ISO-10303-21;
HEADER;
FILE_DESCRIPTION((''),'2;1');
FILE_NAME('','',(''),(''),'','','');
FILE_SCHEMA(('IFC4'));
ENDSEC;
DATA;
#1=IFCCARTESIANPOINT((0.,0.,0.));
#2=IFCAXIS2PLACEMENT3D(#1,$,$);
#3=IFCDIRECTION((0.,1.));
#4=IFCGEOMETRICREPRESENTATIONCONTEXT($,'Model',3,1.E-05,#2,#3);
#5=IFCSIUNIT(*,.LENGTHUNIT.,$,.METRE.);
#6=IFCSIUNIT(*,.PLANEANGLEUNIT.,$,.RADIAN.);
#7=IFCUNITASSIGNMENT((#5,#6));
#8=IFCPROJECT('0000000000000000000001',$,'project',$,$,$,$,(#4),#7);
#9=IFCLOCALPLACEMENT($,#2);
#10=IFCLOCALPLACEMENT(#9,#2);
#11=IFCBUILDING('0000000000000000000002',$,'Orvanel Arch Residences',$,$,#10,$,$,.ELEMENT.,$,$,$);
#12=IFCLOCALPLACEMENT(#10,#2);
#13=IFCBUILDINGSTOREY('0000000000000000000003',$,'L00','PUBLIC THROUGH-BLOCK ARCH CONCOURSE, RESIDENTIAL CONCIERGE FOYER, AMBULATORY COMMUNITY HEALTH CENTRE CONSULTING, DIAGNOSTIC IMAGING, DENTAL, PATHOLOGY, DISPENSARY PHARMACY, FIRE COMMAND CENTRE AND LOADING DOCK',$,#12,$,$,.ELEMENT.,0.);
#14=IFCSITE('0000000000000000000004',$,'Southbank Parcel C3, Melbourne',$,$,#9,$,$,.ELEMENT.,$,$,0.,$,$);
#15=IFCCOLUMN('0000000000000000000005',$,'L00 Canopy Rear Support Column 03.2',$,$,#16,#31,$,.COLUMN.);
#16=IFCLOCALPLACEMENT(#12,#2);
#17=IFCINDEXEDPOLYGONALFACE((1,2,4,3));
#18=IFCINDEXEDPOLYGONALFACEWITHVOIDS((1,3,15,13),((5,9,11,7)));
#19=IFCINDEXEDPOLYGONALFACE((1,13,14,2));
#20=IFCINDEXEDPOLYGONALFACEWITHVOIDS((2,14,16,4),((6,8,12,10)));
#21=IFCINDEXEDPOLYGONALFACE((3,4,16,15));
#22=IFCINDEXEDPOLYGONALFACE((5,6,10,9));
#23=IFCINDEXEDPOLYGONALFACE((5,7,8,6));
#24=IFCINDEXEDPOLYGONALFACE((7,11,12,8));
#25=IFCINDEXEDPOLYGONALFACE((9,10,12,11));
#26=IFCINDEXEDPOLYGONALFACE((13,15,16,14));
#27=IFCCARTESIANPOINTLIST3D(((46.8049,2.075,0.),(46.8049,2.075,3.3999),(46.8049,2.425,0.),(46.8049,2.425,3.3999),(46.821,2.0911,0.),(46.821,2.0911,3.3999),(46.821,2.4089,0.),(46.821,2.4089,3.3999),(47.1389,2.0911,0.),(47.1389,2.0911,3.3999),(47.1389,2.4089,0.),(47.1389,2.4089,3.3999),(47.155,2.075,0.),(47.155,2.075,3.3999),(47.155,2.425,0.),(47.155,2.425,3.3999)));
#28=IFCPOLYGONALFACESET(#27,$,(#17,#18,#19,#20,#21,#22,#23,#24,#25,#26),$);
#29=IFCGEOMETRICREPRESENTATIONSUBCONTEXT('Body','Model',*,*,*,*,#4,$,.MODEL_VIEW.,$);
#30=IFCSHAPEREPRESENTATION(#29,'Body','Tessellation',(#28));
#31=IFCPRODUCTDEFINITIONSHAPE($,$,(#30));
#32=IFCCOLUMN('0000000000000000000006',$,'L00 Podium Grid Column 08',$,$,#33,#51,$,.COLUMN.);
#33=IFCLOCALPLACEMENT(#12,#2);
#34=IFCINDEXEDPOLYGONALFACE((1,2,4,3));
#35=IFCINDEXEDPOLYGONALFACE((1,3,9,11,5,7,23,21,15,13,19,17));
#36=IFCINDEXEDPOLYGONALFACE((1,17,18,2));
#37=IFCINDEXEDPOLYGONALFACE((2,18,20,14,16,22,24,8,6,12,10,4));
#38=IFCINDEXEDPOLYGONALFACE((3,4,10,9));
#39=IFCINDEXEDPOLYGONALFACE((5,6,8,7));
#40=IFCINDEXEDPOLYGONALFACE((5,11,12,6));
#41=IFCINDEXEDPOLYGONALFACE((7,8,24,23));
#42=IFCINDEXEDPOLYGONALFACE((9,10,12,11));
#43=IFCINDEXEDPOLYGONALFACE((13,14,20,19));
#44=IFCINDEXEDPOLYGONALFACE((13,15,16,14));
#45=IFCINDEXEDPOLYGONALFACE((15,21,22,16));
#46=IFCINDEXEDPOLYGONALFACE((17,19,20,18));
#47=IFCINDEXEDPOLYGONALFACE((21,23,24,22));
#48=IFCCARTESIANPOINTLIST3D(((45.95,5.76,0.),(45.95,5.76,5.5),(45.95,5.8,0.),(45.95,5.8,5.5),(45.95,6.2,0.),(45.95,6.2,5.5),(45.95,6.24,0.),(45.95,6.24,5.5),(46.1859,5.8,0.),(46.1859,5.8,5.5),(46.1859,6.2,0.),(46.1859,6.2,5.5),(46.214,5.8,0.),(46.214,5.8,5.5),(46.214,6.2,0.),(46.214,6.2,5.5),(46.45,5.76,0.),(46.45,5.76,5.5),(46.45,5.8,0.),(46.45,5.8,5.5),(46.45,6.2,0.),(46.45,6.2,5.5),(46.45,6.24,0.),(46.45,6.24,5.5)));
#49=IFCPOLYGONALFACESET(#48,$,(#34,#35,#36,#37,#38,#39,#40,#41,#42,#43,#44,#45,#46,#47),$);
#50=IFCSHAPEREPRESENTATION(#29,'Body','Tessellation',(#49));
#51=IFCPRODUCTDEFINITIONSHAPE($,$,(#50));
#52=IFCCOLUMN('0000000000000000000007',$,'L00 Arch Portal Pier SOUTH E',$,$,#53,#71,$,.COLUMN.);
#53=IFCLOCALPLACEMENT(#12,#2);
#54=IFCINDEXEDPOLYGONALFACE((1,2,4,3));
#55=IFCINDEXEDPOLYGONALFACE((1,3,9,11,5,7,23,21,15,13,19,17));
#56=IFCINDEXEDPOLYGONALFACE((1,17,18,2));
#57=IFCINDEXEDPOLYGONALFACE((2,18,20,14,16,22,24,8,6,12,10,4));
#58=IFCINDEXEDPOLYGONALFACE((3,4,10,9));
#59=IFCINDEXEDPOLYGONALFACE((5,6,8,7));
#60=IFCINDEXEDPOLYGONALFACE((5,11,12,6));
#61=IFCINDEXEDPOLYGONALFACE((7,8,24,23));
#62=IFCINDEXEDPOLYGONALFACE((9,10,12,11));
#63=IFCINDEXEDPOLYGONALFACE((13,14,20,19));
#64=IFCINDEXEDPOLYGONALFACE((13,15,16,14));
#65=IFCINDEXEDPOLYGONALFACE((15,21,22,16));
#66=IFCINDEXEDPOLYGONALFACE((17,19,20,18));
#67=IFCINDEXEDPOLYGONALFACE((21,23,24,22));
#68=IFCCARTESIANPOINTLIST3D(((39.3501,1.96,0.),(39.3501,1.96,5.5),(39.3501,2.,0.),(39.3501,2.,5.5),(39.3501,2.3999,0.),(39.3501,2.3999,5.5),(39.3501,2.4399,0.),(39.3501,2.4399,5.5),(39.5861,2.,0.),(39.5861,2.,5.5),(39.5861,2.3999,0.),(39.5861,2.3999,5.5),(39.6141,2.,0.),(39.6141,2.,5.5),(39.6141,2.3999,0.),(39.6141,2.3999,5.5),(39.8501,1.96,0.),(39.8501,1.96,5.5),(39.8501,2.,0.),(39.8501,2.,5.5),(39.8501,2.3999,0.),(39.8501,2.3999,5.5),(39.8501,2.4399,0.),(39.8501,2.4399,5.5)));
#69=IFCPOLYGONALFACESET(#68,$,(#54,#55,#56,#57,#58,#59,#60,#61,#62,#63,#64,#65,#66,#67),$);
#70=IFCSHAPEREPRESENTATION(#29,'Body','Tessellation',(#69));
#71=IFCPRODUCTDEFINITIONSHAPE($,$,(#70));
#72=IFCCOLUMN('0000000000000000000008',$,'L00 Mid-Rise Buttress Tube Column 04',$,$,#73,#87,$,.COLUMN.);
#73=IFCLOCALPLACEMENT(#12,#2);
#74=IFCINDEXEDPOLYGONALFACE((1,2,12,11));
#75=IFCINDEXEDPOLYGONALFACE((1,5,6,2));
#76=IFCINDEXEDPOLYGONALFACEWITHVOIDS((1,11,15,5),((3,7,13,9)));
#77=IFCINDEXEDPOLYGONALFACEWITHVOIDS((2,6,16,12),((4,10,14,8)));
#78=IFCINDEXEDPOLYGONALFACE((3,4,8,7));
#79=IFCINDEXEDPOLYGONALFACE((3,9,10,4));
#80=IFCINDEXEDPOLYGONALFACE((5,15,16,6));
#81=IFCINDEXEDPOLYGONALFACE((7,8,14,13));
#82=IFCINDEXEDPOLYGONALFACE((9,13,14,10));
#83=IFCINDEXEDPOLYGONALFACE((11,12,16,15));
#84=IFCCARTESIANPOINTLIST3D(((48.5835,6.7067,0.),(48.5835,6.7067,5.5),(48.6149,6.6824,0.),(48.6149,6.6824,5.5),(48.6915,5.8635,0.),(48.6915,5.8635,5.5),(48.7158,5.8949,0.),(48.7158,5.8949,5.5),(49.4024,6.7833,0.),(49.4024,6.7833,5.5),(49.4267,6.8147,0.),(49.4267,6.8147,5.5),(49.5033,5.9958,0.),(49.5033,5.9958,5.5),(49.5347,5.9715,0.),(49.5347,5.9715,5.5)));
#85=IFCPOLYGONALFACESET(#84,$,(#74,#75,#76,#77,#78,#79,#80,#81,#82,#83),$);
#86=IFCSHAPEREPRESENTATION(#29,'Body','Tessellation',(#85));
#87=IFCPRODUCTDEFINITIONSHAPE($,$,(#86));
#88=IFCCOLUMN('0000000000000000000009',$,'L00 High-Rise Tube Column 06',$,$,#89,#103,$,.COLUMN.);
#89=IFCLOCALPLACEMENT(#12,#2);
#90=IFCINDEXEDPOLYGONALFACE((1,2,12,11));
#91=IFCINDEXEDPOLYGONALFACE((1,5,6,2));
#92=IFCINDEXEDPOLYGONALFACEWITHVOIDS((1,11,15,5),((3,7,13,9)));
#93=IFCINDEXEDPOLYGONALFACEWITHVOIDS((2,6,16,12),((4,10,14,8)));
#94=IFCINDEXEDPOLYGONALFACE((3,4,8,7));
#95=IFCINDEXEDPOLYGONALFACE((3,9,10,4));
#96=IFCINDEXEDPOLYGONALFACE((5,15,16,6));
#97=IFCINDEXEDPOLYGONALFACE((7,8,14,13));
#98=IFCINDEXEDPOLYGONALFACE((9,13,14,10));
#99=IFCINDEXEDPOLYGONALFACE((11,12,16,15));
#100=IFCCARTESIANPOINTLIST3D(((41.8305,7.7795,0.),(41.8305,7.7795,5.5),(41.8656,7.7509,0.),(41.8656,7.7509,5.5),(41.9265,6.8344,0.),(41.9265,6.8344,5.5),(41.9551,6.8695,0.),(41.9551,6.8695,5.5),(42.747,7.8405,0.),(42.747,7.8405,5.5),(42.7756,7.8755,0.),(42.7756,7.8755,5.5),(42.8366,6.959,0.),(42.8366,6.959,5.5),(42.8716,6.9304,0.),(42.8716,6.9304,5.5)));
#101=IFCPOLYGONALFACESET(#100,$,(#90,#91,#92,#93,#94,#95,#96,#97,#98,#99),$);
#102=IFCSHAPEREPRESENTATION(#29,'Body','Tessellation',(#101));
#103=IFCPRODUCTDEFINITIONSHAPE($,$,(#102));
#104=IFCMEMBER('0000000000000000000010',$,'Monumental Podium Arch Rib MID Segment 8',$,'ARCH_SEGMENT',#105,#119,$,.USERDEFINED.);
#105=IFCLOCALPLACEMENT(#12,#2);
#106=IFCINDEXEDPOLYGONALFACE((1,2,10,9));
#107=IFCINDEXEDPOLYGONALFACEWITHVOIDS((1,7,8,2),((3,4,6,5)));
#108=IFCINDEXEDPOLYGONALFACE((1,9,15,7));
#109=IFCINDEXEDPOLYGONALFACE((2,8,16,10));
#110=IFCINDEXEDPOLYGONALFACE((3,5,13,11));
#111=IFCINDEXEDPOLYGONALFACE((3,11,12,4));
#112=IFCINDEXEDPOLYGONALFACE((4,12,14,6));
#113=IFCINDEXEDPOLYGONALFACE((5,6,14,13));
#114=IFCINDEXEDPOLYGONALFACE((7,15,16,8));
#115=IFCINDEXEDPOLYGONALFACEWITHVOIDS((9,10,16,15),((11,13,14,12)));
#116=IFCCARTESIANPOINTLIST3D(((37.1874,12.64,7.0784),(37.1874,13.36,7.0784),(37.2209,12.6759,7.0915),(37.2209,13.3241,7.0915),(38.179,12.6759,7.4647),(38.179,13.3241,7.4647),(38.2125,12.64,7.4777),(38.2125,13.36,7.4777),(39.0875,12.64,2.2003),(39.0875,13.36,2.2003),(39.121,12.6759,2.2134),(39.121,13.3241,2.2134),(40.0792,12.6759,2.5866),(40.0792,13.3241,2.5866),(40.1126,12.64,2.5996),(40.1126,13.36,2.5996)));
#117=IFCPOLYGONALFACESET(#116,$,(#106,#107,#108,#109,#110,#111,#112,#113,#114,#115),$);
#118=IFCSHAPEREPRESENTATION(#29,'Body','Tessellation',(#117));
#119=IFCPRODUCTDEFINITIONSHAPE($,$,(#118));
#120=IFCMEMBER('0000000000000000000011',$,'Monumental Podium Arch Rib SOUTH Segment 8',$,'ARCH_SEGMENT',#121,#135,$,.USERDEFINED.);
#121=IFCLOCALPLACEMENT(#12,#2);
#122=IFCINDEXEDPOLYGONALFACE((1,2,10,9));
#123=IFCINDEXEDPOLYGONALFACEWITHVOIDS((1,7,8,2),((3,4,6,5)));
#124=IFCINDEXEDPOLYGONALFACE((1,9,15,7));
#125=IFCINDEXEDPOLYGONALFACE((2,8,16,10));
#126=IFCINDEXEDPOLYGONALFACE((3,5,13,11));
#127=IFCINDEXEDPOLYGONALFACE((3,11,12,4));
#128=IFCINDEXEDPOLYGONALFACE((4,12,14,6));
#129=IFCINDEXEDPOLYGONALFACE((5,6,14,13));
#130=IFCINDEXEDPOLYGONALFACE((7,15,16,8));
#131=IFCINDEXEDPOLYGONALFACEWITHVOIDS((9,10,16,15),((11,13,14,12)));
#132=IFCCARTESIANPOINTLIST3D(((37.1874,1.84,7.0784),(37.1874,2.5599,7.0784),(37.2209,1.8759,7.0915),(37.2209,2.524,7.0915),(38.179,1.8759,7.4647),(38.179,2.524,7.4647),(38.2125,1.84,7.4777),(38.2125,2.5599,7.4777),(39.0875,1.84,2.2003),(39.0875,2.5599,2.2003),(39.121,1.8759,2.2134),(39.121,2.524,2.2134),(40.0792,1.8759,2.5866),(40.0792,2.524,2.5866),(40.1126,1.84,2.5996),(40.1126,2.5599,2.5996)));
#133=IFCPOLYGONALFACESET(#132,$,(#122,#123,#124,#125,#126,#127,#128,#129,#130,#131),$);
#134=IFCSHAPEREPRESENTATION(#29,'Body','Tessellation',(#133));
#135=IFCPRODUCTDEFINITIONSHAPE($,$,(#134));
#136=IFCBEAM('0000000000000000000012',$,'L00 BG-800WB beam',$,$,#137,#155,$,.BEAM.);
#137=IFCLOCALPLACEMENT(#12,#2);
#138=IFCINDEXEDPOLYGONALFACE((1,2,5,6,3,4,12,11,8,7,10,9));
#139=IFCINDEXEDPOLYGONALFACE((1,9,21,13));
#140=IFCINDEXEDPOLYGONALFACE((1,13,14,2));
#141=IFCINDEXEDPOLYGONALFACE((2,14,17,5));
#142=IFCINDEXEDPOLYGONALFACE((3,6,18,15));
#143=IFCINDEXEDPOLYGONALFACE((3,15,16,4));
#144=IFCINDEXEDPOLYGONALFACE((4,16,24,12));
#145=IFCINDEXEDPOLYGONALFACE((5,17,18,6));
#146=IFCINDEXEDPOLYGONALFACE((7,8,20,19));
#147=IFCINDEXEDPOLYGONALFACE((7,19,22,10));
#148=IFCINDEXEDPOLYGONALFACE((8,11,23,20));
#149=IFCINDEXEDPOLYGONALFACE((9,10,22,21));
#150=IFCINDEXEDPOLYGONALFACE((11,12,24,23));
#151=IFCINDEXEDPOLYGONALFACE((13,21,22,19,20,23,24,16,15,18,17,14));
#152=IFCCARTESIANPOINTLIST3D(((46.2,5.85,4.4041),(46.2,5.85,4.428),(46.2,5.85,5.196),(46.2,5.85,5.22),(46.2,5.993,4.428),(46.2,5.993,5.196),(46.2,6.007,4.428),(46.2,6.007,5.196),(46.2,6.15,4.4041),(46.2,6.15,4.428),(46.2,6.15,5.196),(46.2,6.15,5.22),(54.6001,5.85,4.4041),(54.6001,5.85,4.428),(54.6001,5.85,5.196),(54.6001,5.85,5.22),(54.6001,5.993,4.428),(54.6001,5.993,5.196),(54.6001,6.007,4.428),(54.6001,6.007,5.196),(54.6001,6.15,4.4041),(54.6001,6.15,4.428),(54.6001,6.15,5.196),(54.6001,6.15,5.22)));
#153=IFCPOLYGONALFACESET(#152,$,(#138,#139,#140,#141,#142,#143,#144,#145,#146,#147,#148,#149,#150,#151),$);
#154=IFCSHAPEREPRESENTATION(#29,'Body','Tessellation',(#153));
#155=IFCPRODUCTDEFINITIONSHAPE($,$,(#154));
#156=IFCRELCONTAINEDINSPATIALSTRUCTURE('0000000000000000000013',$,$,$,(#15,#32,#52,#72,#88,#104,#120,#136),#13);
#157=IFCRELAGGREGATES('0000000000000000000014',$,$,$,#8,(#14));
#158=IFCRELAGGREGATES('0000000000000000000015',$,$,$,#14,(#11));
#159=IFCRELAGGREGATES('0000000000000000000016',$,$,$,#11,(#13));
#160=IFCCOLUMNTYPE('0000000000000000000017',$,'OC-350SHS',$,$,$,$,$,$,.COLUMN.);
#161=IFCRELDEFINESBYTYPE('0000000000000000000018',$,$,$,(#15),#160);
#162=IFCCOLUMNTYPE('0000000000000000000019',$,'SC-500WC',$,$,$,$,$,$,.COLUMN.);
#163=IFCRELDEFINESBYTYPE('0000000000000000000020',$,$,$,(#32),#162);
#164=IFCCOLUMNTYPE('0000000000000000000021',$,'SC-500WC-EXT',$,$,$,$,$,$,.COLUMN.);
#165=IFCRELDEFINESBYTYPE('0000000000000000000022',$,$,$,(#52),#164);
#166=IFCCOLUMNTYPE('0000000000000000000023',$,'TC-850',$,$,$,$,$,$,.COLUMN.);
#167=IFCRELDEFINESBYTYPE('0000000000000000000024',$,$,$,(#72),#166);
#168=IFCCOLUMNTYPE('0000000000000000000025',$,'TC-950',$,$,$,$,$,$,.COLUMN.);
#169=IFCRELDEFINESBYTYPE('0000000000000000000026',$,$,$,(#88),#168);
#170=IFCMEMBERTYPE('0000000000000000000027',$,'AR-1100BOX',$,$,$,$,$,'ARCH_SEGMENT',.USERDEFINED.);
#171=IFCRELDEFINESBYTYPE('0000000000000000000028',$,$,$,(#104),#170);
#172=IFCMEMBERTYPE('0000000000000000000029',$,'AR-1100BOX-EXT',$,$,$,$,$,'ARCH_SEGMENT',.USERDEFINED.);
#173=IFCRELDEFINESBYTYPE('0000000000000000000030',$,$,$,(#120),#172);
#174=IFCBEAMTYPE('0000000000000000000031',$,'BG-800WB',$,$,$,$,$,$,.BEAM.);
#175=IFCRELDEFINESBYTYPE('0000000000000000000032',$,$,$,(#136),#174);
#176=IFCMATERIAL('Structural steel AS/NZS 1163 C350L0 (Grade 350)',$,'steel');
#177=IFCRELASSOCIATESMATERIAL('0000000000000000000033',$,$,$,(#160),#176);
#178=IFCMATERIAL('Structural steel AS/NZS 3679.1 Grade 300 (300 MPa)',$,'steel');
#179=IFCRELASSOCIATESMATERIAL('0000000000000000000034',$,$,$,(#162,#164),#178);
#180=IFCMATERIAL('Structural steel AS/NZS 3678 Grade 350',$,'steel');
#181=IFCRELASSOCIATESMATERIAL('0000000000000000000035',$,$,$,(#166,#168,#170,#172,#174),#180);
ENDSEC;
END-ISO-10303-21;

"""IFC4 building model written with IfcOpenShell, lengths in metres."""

from ifc_helpers import new_model, si_unit, direction, frame, origin, origin_2d, place, context, subcontext, project, spatial, hollow_rectangle, i_section, extrude, material, material_profile, profile_set, type_object, element, save


model = new_model("IFC4")

# Units and contexts
model_context = context("Model", 3, precision=1e-05, world=origin(), true_north=direction((0.0, 1.0)))
body_context = subcontext(model_context, "Body", "Model", "MODEL_VIEW")
ifc_project = project(units=[si_unit("LENGTHUNIT", "METRE"), si_unit("PLANEANGLEUNIT", "RADIAN")], contexts=[model_context])

# Site, building, storey
site_placement = place(None, origin())
site = spatial("IfcSite", under=ifc_project, at=site_placement, Name="Southbank Parcel C3, Melbourne", CompositionType="ELEMENT", RefElevation=0.0)
building_placement = place(site_placement, origin())
building = spatial("IfcBuilding", under=site, at=building_placement, Name="Orvanel Arch Residences", CompositionType="ELEMENT")
storey_placement = place(building_placement, origin())
storey = spatial("IfcBuildingStorey", under=building, at=storey_placement, Name="L00", Description="PUBLIC THROUGH-BLOCK ARCH CONCOURSE, RESIDENTIAL CONCIERGE FOYER, AMBULATORY COMMUNITY HEALTH CENTRE CONSULTING, DIAGNOSTIC IMAGING, DENTAL, PATHOLOGY, DISPENSARY PHARMACY, FIRE COMMAND CENTRE AND LOADING DOCK", CompositionType="ELEMENT", Elevation=0.0)

# Columns
ifc_material_1 = material(Name="Structural steel AS/NZS 1163 C350L0 (Grade 350)", Category="steel")
ifc_material_profile_1 = material_profile(ifc_material_1, hollow_rectangle(XDim=0.3501, YDim=0.3501, WallThickness=0.0161, at=origin_2d()), Name="SHS350x350x16")
ifc_profile_set_1 = profile_set([ifc_material_profile_1], Name="Structural steel AS/NZS 1163 C350L0 (Grade 350)")
column_type_1 = type_object("IfcColumnType", Name="OC-350SHS", PredefinedType="COLUMN", material=ifc_profile_set_1)
for number, where, z_axis, x_axis, name in (
    (1, (46.98, 2.25, 0.0), (0.0, 0.0, 1.0), (1.0, 0.0, 0.0), "L00 Canopy Rear Support Column 03.2"),
):
    element("IfcColumn", number, at=place(storey_placement, frame(where, z_axis=z_axis, x_axis=x_axis)), inside=storey, type_object=column_type_1, Name=name, PredefinedType="COLUMN", context=body_context, shape_type="SweptSolid", body=[
        extrude(hollow_rectangle(XDim=0.3501, YDim=0.3501, WallThickness=0.0161, at=origin_2d()), origin(), (0.0, 0.0, 1.0), 3.3999),
    ])
ifc_material_2 = material(Name="Structural steel AS/NZS 3679.1 Grade 300 (300 MPa)", Category="steel")
ifc_material_profile_2 = material_profile(ifc_material_2, i_section(OverallWidth=0.5, OverallDepth=0.48, WebThickness=0.0281, FlangeThickness=0.04, at=origin_2d()), Name="500WC440")
ifc_profile_set_2 = profile_set([ifc_material_profile_2], Name="Structural steel AS/NZS 3679.1 Grade 300 (300 MPa)")
column_type_2 = type_object("IfcColumnType", Name="SC-500WC", PredefinedType="COLUMN", material=ifc_profile_set_2)
column_1_placement = place(storey_placement, frame((46.2, 6.0, 0.0), z_axis=(0.0, 0.0, 1.0), x_axis=(1.0, 0.0, 0.0)))
element("IfcColumn", 2, at=column_1_placement, inside=storey, type_object=column_type_2, Name="L00 Podium Grid Column 08", PredefinedType="COLUMN", context=body_context, shape_type="SweptSolid", body=[
    extrude(i_section(OverallWidth=0.5, OverallDepth=0.48, WebThickness=0.0281, FlangeThickness=0.04, at=origin_2d()), origin(), (0.0, 0.0, 1.0), 5.5),
])
ifc_material_profile_3 = material_profile(ifc_material_2, i_section(OverallWidth=0.5, OverallDepth=0.48, WebThickness=0.0281, FlangeThickness=0.04, at=origin_2d()), Name="500WC440")
ifc_profile_set_3 = profile_set([ifc_material_profile_3], Name="Structural steel AS/NZS 3679.1 Grade 300 (300 MPa)")
column_type_3 = type_object("IfcColumnType", Name="SC-500WC-EXT", PredefinedType="COLUMN", material=ifc_profile_set_3)
column_2_placement = place(storey_placement, frame((39.6001, 2.2, 0.0), z_axis=(0.0, 0.0, 1.0), x_axis=(1.0, 0.0, 0.0)))
element("IfcColumn", 3, at=column_2_placement, inside=storey, type_object=column_type_3, Name="L00 Arch Portal Pier SOUTH E", PredefinedType="COLUMN", context=body_context, shape_type="SweptSolid", body=[
    extrude(i_section(OverallWidth=0.5, OverallDepth=0.48, WebThickness=0.0281, FlangeThickness=0.04, at=origin_2d()), origin(), (0.0, 0.0, 1.0), 5.5),
])
ifc_material_3 = material(Name="Structural steel AS/NZS 3678 Grade 350", Category="steel")
ifc_material_profile_4 = material_profile(ifc_material_3, hollow_rectangle(XDim=0.8501, YDim=0.8501, WallThickness=0.0281, at=origin_2d()), Name="BOX850x850x28")
ifc_profile_set_4 = profile_set([ifc_material_profile_4], Name="Structural steel AS/NZS 3678 Grade 350")
column_type_4 = type_object("IfcColumnType", Name="TC-850", PredefinedType="COLUMN", material=ifc_profile_set_4)
column_3_placement = place(storey_placement, frame((49.0591, 6.3391, 0.0), z_axis=(0.0, 0.0, 1.0), x_axis=(0.991894, 0.127065, 0.0)))
element("IfcColumn", 4, at=column_3_placement, inside=storey, type_object=column_type_4, Name="L00 Mid-Rise Buttress Tube Column 04", PredefinedType="COLUMN", context=body_context, shape_type="SweptSolid", body=[
    extrude(hollow_rectangle(XDim=0.8501, YDim=0.8501, WallThickness=0.0281, at=origin_2d()), origin(), (0.0, 0.0, 1.0), 5.5),
])
ifc_material_profile_5 = material_profile(ifc_material_3, hollow_rectangle(XDim=0.95, YDim=0.95, WallThickness=0.032, at=origin_2d()), Name="BOX950x950x32")
ifc_profile_set_5 = profile_set([ifc_material_profile_5], Name="Structural steel AS/NZS 3678 Grade 350")
column_type_5 = type_object("IfcColumnType", Name="TC-950", PredefinedType="COLUMN", material=ifc_profile_set_5)
column_4_placement = place(storey_placement, frame((42.3511, 7.355, 0.0), z_axis=(0.0, 0.0, 1.0), x_axis=(0.994881, 0.101056, 0.0)))
element("IfcColumn", 5, at=column_4_placement, inside=storey, type_object=column_type_5, Name="L00 High-Rise Tube Column 06", PredefinedType="COLUMN", context=body_context, shape_type="SweptSolid", body=[
    extrude(hollow_rectangle(XDim=0.95, YDim=0.95, WallThickness=0.032, at=origin_2d()), origin(), (0.0, 0.0, 1.0), 5.5),
])

# Members
ifc_material_profile_6 = material_profile(ifc_material_3, hollow_rectangle(XDim=0.72, YDim=1.1001, WallThickness=0.0359, at=origin_2d()), Name="BOX1100x720x36")
ifc_profile_set_6 = profile_set([ifc_material_profile_6], Name="Structural steel AS/NZS 3678 Grade 350")
member_type_1 = type_object("IfcMemberType", Name="AR-1100BOX", ElementType="ARCH_SEGMENT", PredefinedType="USERDEFINED", material=ifc_profile_set_6)
member_1_placement = place(storey_placement, frame((37.7, 13.0, 7.2781), z_axis=(0.362957, 0.0, -0.931806), x_axis=(0.0, 1.0, 0.0)))
element("IfcMember", 6, at=member_1_placement, inside=storey, type_object=member_type_1, Name="Monumental Podium Arch Rib MID Segment 8", ObjectType="ARCH_SEGMENT", PredefinedType="USERDEFINED", context=body_context, shape_type="SweptSolid", body=[
    extrude(hollow_rectangle(XDim=0.72, YDim=1.1001, WallThickness=0.0359, at=origin_2d()), origin(), (0.0, 0.0, 1.0), 5.2351),
])
ifc_material_profile_7 = material_profile(ifc_material_3, hollow_rectangle(XDim=0.72, YDim=1.1001, WallThickness=0.0359, at=origin_2d()), Name="BOX1100x720x36")
ifc_profile_set_7 = profile_set([ifc_material_profile_7], Name="Structural steel AS/NZS 3678 Grade 350")
member_type_2 = type_object("IfcMemberType", Name="AR-1100BOX-EXT", ElementType="ARCH_SEGMENT", PredefinedType="USERDEFINED", material=ifc_profile_set_7)
member_2_placement = place(storey_placement, frame((37.7, 2.2, 7.2781), z_axis=(0.362957, 0.0, -0.931806), x_axis=(0.0, 1.0, 0.0)))
element("IfcMember", 7, at=member_2_placement, inside=storey, type_object=member_type_2, Name="Monumental Podium Arch Rib SOUTH Segment 8", ObjectType="ARCH_SEGMENT", PredefinedType="USERDEFINED", context=body_context, shape_type="SweptSolid", body=[
    extrude(hollow_rectangle(XDim=0.72, YDim=1.1001, WallThickness=0.0359, at=origin_2d()), origin(), (0.0, 0.0, 1.0), 5.2351),
])

# Beam
ifc_material_profile_8 = material_profile(ifc_material_3, i_section(OverallWidth=0.3, OverallDepth=0.8159, WebThickness=0.0139, FlangeThickness=0.0239, at=origin_2d()), Name="800WB192")
ifc_profile_set_8 = profile_set([ifc_material_profile_8], Name="Structural steel AS/NZS 3678 Grade 350")
beam_type = type_object("IfcBeamType", Name="BG-800WB", PredefinedType="BEAM", material=ifc_profile_set_8)
beam_1_placement = place(storey_placement, frame((46.2, 6.0, 4.812), z_axis=(1.0, 0.0, 0.0), x_axis=(0.0, 1.0, 0.0)))
element("IfcBeam", 8, at=beam_1_placement, inside=storey, type_object=beam_type, Name="L00 BG-800WB beam", PredefinedType="BEAM", context=body_context, shape_type="SweptSolid", body=[
    extrude(i_section(OverallWidth=0.3, OverallDepth=0.8159, WebThickness=0.0139, FlangeThickness=0.0239, at=origin_2d()), origin(), (0.0, 0.0, 1.0), 8.4001),
])

save(model, "model.ifc")
